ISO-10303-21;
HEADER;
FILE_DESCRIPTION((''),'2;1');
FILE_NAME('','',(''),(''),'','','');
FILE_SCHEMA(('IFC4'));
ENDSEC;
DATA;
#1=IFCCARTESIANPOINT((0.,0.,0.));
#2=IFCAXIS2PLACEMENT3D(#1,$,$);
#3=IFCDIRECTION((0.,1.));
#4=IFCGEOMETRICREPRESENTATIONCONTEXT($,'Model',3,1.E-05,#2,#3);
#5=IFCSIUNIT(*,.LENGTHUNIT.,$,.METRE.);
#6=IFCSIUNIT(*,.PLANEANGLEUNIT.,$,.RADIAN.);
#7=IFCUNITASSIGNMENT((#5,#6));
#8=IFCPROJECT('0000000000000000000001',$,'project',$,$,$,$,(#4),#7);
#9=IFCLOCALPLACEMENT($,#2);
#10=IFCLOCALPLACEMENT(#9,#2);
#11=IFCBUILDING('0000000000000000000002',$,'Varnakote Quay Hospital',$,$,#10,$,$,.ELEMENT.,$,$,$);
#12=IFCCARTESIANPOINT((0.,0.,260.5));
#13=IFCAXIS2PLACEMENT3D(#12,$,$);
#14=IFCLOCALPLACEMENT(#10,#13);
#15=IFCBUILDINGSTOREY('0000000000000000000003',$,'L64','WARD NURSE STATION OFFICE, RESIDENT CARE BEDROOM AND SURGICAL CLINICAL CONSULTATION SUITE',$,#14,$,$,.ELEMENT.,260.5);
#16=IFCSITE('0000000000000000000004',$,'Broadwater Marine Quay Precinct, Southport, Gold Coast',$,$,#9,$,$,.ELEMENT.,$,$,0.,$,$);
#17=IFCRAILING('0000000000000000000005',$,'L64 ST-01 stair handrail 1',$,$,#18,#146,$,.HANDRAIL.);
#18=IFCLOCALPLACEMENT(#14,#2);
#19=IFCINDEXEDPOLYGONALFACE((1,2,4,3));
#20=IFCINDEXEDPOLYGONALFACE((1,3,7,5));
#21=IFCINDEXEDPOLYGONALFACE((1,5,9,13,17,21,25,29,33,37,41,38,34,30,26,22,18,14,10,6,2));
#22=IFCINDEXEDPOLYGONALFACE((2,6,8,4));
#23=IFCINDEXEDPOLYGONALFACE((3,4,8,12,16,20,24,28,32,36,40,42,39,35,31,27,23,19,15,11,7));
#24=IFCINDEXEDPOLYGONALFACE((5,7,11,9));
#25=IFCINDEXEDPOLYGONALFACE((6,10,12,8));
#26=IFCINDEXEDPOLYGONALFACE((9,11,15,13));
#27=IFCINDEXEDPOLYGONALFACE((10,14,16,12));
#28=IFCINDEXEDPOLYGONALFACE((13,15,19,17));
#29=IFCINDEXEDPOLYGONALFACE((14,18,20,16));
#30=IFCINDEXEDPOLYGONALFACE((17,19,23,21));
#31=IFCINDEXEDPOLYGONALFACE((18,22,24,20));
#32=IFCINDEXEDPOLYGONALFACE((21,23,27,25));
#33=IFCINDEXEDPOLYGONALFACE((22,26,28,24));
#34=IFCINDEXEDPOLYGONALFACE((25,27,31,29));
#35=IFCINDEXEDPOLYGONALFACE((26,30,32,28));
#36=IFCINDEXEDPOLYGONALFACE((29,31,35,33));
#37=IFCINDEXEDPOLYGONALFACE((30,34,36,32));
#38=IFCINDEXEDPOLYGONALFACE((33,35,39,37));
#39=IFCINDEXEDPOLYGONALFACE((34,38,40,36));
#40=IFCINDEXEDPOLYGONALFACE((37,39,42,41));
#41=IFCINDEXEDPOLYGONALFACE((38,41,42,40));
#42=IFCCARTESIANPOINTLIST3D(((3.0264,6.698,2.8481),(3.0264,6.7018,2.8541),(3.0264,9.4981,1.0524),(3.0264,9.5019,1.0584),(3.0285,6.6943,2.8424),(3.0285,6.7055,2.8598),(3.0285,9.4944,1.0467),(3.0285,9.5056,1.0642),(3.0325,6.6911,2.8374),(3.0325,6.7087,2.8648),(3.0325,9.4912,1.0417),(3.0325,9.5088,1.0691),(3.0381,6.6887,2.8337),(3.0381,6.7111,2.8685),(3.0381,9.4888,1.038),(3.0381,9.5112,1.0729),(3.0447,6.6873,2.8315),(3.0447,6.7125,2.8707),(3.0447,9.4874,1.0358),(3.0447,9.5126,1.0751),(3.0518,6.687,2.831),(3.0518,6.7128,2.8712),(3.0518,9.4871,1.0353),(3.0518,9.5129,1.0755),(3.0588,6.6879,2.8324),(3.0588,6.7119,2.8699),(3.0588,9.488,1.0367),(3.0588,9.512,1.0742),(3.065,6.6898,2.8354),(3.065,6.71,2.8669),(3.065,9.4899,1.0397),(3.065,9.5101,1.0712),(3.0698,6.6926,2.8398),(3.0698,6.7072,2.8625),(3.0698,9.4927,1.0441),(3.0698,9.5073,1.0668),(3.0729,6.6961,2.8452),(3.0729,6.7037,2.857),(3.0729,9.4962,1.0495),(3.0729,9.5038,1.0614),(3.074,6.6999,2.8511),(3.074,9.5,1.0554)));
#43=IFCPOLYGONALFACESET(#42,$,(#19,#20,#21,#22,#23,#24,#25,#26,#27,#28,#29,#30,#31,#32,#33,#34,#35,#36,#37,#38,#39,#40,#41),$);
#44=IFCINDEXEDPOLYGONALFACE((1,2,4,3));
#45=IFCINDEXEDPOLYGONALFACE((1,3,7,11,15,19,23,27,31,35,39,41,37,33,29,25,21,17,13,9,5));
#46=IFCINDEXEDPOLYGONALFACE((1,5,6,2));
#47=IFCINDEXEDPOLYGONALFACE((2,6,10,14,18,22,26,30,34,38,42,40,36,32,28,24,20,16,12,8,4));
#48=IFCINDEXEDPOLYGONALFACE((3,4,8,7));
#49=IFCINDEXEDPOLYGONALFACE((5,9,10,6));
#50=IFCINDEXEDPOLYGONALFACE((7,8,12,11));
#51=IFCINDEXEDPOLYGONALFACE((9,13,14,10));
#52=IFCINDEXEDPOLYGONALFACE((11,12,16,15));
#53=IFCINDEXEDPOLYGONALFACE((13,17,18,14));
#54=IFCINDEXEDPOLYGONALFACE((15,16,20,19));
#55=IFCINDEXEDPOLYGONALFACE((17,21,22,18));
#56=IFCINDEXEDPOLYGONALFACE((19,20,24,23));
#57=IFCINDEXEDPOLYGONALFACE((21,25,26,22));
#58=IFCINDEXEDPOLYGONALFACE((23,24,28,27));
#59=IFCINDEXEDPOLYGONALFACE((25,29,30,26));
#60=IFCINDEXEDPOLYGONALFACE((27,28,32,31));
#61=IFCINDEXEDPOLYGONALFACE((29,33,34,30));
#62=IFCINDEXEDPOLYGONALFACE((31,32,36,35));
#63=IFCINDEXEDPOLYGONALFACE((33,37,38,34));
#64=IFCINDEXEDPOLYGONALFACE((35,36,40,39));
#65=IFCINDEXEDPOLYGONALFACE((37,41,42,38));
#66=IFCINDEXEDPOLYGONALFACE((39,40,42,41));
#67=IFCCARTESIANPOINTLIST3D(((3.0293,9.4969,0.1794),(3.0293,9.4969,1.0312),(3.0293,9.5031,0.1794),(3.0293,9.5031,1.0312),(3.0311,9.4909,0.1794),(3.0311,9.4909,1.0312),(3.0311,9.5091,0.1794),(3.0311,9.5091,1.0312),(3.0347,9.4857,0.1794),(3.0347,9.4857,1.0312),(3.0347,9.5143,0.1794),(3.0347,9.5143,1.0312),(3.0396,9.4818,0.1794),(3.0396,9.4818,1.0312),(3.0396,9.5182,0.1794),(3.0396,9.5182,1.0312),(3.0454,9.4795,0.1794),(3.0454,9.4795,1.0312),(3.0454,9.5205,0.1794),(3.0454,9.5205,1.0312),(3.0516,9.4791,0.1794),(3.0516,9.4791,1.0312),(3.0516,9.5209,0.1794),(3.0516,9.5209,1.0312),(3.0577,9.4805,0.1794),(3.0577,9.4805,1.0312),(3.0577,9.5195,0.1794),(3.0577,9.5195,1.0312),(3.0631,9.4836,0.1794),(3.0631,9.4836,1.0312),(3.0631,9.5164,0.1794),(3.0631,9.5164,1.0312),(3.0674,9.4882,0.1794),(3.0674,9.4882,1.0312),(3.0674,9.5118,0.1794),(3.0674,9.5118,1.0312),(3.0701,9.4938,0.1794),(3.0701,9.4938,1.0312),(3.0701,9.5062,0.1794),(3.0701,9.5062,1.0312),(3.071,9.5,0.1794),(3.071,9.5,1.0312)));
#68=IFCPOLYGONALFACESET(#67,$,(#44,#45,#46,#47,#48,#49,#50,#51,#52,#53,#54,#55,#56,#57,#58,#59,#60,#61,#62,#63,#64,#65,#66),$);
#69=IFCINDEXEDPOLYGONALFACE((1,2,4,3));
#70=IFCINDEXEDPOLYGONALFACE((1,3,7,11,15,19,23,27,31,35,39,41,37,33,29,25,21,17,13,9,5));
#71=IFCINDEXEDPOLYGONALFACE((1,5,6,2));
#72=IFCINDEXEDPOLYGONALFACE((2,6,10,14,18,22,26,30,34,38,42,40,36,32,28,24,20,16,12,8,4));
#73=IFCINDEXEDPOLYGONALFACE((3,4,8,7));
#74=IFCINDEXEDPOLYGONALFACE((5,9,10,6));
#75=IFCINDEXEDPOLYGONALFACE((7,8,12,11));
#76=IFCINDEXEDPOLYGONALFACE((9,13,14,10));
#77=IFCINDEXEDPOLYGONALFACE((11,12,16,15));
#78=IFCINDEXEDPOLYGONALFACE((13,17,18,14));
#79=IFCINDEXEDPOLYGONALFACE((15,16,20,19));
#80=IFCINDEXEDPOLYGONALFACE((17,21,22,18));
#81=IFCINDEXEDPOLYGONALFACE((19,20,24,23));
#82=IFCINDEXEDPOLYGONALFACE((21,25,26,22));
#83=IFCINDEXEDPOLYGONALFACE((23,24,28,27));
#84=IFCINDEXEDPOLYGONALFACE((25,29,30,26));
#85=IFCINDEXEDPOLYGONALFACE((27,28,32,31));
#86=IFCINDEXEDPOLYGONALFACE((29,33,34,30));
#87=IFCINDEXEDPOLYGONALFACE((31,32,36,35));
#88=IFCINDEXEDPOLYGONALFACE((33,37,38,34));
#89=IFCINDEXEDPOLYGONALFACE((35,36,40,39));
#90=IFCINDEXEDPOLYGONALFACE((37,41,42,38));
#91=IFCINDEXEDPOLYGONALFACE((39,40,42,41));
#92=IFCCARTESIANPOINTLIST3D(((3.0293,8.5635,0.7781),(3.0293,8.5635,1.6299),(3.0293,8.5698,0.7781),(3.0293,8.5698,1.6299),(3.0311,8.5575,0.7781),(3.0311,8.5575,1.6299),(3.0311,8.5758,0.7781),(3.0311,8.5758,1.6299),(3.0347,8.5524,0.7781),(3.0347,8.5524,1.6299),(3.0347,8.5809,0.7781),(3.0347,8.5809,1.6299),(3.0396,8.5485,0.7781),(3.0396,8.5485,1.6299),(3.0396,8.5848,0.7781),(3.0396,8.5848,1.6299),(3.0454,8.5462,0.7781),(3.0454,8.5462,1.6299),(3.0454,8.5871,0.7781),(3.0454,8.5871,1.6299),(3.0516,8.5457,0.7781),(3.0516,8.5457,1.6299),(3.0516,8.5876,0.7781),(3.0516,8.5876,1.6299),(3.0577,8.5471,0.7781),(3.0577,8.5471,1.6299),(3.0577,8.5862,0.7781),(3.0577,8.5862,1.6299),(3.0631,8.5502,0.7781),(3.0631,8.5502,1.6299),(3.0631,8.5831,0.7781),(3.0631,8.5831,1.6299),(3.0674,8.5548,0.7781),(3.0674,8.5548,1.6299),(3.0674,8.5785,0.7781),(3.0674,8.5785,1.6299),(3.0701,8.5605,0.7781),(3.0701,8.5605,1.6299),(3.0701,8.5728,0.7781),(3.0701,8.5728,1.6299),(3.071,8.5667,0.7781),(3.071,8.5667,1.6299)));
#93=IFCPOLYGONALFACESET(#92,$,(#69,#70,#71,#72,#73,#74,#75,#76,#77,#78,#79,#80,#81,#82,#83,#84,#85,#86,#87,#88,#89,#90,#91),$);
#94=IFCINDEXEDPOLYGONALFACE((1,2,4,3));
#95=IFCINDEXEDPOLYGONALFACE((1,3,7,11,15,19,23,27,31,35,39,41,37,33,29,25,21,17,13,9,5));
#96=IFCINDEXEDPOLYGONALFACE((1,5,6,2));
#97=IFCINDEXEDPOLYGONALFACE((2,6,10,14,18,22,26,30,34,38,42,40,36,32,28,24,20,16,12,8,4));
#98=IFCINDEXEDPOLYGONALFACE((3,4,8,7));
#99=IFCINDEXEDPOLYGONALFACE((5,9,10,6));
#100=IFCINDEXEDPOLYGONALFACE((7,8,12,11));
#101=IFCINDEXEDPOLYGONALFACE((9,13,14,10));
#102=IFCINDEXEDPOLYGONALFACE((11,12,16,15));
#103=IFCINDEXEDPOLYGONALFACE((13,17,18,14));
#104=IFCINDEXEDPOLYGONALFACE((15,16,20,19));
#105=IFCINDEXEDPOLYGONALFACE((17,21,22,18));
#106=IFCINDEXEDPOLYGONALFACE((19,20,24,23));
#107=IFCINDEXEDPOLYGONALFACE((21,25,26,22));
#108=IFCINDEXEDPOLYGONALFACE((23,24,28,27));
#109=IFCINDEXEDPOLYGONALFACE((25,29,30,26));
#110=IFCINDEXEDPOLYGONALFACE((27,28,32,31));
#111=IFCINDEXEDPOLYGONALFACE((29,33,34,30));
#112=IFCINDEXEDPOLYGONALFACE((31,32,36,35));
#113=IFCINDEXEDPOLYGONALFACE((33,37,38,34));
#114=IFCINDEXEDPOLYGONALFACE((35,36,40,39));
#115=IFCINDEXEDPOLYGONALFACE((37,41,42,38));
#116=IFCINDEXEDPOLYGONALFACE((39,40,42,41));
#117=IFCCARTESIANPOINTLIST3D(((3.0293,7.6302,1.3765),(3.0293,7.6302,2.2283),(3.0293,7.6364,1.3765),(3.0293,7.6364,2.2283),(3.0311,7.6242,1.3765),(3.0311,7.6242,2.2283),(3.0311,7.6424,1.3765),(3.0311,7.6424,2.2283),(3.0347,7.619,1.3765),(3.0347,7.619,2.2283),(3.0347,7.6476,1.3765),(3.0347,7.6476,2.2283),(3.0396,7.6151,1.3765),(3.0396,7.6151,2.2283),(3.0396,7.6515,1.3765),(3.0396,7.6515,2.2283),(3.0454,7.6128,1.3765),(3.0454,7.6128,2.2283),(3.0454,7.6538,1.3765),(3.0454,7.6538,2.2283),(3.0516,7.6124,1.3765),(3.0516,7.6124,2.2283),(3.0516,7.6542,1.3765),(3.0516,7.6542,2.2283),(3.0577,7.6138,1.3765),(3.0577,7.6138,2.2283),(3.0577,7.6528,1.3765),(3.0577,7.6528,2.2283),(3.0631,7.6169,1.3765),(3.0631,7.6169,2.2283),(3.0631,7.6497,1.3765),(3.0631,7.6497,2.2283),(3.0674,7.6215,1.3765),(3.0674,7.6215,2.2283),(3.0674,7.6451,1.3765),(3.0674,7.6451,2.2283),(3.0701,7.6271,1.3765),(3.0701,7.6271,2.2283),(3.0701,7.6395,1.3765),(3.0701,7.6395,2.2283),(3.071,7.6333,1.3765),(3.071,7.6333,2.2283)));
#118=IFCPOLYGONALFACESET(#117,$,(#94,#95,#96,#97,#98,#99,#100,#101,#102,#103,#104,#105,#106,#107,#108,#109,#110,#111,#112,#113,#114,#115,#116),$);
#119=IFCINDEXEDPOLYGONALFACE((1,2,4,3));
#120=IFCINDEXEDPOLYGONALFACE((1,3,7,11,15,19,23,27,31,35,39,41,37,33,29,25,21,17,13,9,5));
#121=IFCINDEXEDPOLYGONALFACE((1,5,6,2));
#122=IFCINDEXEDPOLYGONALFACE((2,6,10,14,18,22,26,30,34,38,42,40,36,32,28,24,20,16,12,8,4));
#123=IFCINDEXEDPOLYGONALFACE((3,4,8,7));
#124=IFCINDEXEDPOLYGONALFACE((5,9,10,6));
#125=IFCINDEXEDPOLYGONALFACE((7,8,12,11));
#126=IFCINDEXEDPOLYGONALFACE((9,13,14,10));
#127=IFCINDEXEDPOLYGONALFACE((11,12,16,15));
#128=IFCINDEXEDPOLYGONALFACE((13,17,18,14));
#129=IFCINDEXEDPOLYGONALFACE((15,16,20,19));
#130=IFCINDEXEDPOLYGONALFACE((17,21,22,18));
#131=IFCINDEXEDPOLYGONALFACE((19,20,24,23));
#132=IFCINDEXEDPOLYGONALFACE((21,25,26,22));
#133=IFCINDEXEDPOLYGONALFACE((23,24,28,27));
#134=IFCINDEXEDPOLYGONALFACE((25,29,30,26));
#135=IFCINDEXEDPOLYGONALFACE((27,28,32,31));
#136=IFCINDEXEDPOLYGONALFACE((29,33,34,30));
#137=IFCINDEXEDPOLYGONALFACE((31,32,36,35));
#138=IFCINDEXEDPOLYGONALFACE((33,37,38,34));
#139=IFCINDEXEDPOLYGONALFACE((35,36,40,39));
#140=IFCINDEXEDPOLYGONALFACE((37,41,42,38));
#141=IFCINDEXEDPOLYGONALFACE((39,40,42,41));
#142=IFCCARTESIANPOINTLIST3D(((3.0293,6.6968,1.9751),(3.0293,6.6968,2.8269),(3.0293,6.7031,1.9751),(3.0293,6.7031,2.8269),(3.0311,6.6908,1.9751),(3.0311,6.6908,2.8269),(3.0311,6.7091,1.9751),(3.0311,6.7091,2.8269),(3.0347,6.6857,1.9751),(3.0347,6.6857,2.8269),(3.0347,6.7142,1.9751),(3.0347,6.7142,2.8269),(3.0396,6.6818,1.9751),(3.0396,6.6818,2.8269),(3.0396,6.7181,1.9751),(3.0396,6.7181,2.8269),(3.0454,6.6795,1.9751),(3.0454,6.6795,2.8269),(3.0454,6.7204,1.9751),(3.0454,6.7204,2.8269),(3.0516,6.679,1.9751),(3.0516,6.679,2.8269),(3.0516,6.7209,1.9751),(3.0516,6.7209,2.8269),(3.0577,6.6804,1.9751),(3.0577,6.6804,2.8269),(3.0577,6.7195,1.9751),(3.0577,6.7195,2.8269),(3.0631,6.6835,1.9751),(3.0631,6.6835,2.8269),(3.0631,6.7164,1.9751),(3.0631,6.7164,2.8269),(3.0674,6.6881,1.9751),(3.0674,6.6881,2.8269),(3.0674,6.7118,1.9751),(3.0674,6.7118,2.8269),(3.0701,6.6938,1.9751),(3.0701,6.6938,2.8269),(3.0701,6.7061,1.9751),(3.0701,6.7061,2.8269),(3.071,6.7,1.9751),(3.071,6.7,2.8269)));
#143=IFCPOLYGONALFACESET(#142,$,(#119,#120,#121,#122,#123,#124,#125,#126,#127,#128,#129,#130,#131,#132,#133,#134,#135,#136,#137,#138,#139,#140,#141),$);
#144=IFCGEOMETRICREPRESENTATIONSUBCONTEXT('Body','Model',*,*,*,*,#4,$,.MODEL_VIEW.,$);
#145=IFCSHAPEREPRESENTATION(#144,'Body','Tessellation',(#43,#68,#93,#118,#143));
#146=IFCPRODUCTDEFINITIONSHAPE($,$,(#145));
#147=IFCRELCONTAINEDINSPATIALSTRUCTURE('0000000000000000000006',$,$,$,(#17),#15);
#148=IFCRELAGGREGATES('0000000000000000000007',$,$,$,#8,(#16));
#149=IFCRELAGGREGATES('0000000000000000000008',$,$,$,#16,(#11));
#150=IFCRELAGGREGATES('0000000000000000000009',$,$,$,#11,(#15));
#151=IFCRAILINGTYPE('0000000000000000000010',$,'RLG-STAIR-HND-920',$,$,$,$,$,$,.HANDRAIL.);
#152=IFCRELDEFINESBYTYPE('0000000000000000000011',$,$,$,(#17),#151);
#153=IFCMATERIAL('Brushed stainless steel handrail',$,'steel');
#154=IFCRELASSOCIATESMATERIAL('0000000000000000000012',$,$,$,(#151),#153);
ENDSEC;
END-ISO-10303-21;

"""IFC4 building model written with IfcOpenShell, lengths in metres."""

from ifc_helpers import new_model, si_unit, direction, frame, origin, origin_2d, place, context, subcontext, project, spatial, circle, extrude, material, type_object, element, save


model = new_model("IFC4")

# Units and contexts
model_context = context("Model", 3, precision=1e-05, world=origin(), true_north=direction((0.0, 1.0)))
body_context = subcontext(model_context, "Body", "Model", "MODEL_VIEW")
ifc_project = project(units=[si_unit("LENGTHUNIT", "METRE"), si_unit("PLANEANGLEUNIT", "RADIAN")], contexts=[model_context])

# Site, building, storey
site_placement = place(None, origin())
site = spatial("IfcSite", under=ifc_project, at=site_placement, Name="Broadwater Marine Quay Precinct, Southport, Gold Coast", CompositionType="ELEMENT", RefElevation=0.0)
building_placement = place(site_placement, origin())
building = spatial("IfcBuilding", under=site, at=building_placement, Name="Varnakote Quay Hospital", CompositionType="ELEMENT")
storey_placement = place(building_placement, frame((0.0, 0.0, 260.5)))
storey = spatial("IfcBuildingStorey", under=building, at=storey_placement, Name="L64", Description="WARD NURSE STATION OFFICE, RESIDENT CARE BEDROOM AND SURGICAL CLINICAL CONSULTATION SUITE", CompositionType="ELEMENT", Elevation=260.5)

# Railing
ifc_material_1 = material(Name="Brushed stainless steel handrail", Category="steel")
railing_type_1 = type_object("IfcRailingType", Name="RLG-STAIR-HND-920", PredefinedType="HANDRAIL", material=ifc_material_1)
railing_1_placement = place(storey_placement, frame((3.05, 9.5, 0.1794)))
element("IfcRailing", 1, at=railing_1_placement, inside=storey, type_object=railing_type_1, Name="L64 ST-01 stair handrail 1", PredefinedType="HANDRAIL", context=body_context, shape_type="SweptSolid", body=[
    extrude(circle(Radius=0.0239, at=origin_2d()), frame((0.0, 0.0, 0.876), z_axis=(0.0, -0.841777, 0.539826), x_axis=(1.0, 0.0, 0.0)), (0.0, 0.0, 1.0), 3.3264),
    extrude(circle(Radius=0.021, at=origin_2d()), origin(), (0.0, 0.0, 1.0), 0.8518),
    extrude(circle(Radius=0.021, at=origin_2d()), frame((0.0, -0.9333, 0.5986)), (0.0, 0.0, 1.0), 0.8518),
    extrude(circle(Radius=0.021, at=origin_2d()), frame((0.0, -1.8667, 1.197)), (0.0, 0.0, 1.0), 0.8518),
    extrude(circle(Radius=0.021, at=origin_2d()), frame((0.0, -2.8, 1.7957)), (0.0, 0.0, 1.0), 0.8518),
])

save(model, "model.ifc")
